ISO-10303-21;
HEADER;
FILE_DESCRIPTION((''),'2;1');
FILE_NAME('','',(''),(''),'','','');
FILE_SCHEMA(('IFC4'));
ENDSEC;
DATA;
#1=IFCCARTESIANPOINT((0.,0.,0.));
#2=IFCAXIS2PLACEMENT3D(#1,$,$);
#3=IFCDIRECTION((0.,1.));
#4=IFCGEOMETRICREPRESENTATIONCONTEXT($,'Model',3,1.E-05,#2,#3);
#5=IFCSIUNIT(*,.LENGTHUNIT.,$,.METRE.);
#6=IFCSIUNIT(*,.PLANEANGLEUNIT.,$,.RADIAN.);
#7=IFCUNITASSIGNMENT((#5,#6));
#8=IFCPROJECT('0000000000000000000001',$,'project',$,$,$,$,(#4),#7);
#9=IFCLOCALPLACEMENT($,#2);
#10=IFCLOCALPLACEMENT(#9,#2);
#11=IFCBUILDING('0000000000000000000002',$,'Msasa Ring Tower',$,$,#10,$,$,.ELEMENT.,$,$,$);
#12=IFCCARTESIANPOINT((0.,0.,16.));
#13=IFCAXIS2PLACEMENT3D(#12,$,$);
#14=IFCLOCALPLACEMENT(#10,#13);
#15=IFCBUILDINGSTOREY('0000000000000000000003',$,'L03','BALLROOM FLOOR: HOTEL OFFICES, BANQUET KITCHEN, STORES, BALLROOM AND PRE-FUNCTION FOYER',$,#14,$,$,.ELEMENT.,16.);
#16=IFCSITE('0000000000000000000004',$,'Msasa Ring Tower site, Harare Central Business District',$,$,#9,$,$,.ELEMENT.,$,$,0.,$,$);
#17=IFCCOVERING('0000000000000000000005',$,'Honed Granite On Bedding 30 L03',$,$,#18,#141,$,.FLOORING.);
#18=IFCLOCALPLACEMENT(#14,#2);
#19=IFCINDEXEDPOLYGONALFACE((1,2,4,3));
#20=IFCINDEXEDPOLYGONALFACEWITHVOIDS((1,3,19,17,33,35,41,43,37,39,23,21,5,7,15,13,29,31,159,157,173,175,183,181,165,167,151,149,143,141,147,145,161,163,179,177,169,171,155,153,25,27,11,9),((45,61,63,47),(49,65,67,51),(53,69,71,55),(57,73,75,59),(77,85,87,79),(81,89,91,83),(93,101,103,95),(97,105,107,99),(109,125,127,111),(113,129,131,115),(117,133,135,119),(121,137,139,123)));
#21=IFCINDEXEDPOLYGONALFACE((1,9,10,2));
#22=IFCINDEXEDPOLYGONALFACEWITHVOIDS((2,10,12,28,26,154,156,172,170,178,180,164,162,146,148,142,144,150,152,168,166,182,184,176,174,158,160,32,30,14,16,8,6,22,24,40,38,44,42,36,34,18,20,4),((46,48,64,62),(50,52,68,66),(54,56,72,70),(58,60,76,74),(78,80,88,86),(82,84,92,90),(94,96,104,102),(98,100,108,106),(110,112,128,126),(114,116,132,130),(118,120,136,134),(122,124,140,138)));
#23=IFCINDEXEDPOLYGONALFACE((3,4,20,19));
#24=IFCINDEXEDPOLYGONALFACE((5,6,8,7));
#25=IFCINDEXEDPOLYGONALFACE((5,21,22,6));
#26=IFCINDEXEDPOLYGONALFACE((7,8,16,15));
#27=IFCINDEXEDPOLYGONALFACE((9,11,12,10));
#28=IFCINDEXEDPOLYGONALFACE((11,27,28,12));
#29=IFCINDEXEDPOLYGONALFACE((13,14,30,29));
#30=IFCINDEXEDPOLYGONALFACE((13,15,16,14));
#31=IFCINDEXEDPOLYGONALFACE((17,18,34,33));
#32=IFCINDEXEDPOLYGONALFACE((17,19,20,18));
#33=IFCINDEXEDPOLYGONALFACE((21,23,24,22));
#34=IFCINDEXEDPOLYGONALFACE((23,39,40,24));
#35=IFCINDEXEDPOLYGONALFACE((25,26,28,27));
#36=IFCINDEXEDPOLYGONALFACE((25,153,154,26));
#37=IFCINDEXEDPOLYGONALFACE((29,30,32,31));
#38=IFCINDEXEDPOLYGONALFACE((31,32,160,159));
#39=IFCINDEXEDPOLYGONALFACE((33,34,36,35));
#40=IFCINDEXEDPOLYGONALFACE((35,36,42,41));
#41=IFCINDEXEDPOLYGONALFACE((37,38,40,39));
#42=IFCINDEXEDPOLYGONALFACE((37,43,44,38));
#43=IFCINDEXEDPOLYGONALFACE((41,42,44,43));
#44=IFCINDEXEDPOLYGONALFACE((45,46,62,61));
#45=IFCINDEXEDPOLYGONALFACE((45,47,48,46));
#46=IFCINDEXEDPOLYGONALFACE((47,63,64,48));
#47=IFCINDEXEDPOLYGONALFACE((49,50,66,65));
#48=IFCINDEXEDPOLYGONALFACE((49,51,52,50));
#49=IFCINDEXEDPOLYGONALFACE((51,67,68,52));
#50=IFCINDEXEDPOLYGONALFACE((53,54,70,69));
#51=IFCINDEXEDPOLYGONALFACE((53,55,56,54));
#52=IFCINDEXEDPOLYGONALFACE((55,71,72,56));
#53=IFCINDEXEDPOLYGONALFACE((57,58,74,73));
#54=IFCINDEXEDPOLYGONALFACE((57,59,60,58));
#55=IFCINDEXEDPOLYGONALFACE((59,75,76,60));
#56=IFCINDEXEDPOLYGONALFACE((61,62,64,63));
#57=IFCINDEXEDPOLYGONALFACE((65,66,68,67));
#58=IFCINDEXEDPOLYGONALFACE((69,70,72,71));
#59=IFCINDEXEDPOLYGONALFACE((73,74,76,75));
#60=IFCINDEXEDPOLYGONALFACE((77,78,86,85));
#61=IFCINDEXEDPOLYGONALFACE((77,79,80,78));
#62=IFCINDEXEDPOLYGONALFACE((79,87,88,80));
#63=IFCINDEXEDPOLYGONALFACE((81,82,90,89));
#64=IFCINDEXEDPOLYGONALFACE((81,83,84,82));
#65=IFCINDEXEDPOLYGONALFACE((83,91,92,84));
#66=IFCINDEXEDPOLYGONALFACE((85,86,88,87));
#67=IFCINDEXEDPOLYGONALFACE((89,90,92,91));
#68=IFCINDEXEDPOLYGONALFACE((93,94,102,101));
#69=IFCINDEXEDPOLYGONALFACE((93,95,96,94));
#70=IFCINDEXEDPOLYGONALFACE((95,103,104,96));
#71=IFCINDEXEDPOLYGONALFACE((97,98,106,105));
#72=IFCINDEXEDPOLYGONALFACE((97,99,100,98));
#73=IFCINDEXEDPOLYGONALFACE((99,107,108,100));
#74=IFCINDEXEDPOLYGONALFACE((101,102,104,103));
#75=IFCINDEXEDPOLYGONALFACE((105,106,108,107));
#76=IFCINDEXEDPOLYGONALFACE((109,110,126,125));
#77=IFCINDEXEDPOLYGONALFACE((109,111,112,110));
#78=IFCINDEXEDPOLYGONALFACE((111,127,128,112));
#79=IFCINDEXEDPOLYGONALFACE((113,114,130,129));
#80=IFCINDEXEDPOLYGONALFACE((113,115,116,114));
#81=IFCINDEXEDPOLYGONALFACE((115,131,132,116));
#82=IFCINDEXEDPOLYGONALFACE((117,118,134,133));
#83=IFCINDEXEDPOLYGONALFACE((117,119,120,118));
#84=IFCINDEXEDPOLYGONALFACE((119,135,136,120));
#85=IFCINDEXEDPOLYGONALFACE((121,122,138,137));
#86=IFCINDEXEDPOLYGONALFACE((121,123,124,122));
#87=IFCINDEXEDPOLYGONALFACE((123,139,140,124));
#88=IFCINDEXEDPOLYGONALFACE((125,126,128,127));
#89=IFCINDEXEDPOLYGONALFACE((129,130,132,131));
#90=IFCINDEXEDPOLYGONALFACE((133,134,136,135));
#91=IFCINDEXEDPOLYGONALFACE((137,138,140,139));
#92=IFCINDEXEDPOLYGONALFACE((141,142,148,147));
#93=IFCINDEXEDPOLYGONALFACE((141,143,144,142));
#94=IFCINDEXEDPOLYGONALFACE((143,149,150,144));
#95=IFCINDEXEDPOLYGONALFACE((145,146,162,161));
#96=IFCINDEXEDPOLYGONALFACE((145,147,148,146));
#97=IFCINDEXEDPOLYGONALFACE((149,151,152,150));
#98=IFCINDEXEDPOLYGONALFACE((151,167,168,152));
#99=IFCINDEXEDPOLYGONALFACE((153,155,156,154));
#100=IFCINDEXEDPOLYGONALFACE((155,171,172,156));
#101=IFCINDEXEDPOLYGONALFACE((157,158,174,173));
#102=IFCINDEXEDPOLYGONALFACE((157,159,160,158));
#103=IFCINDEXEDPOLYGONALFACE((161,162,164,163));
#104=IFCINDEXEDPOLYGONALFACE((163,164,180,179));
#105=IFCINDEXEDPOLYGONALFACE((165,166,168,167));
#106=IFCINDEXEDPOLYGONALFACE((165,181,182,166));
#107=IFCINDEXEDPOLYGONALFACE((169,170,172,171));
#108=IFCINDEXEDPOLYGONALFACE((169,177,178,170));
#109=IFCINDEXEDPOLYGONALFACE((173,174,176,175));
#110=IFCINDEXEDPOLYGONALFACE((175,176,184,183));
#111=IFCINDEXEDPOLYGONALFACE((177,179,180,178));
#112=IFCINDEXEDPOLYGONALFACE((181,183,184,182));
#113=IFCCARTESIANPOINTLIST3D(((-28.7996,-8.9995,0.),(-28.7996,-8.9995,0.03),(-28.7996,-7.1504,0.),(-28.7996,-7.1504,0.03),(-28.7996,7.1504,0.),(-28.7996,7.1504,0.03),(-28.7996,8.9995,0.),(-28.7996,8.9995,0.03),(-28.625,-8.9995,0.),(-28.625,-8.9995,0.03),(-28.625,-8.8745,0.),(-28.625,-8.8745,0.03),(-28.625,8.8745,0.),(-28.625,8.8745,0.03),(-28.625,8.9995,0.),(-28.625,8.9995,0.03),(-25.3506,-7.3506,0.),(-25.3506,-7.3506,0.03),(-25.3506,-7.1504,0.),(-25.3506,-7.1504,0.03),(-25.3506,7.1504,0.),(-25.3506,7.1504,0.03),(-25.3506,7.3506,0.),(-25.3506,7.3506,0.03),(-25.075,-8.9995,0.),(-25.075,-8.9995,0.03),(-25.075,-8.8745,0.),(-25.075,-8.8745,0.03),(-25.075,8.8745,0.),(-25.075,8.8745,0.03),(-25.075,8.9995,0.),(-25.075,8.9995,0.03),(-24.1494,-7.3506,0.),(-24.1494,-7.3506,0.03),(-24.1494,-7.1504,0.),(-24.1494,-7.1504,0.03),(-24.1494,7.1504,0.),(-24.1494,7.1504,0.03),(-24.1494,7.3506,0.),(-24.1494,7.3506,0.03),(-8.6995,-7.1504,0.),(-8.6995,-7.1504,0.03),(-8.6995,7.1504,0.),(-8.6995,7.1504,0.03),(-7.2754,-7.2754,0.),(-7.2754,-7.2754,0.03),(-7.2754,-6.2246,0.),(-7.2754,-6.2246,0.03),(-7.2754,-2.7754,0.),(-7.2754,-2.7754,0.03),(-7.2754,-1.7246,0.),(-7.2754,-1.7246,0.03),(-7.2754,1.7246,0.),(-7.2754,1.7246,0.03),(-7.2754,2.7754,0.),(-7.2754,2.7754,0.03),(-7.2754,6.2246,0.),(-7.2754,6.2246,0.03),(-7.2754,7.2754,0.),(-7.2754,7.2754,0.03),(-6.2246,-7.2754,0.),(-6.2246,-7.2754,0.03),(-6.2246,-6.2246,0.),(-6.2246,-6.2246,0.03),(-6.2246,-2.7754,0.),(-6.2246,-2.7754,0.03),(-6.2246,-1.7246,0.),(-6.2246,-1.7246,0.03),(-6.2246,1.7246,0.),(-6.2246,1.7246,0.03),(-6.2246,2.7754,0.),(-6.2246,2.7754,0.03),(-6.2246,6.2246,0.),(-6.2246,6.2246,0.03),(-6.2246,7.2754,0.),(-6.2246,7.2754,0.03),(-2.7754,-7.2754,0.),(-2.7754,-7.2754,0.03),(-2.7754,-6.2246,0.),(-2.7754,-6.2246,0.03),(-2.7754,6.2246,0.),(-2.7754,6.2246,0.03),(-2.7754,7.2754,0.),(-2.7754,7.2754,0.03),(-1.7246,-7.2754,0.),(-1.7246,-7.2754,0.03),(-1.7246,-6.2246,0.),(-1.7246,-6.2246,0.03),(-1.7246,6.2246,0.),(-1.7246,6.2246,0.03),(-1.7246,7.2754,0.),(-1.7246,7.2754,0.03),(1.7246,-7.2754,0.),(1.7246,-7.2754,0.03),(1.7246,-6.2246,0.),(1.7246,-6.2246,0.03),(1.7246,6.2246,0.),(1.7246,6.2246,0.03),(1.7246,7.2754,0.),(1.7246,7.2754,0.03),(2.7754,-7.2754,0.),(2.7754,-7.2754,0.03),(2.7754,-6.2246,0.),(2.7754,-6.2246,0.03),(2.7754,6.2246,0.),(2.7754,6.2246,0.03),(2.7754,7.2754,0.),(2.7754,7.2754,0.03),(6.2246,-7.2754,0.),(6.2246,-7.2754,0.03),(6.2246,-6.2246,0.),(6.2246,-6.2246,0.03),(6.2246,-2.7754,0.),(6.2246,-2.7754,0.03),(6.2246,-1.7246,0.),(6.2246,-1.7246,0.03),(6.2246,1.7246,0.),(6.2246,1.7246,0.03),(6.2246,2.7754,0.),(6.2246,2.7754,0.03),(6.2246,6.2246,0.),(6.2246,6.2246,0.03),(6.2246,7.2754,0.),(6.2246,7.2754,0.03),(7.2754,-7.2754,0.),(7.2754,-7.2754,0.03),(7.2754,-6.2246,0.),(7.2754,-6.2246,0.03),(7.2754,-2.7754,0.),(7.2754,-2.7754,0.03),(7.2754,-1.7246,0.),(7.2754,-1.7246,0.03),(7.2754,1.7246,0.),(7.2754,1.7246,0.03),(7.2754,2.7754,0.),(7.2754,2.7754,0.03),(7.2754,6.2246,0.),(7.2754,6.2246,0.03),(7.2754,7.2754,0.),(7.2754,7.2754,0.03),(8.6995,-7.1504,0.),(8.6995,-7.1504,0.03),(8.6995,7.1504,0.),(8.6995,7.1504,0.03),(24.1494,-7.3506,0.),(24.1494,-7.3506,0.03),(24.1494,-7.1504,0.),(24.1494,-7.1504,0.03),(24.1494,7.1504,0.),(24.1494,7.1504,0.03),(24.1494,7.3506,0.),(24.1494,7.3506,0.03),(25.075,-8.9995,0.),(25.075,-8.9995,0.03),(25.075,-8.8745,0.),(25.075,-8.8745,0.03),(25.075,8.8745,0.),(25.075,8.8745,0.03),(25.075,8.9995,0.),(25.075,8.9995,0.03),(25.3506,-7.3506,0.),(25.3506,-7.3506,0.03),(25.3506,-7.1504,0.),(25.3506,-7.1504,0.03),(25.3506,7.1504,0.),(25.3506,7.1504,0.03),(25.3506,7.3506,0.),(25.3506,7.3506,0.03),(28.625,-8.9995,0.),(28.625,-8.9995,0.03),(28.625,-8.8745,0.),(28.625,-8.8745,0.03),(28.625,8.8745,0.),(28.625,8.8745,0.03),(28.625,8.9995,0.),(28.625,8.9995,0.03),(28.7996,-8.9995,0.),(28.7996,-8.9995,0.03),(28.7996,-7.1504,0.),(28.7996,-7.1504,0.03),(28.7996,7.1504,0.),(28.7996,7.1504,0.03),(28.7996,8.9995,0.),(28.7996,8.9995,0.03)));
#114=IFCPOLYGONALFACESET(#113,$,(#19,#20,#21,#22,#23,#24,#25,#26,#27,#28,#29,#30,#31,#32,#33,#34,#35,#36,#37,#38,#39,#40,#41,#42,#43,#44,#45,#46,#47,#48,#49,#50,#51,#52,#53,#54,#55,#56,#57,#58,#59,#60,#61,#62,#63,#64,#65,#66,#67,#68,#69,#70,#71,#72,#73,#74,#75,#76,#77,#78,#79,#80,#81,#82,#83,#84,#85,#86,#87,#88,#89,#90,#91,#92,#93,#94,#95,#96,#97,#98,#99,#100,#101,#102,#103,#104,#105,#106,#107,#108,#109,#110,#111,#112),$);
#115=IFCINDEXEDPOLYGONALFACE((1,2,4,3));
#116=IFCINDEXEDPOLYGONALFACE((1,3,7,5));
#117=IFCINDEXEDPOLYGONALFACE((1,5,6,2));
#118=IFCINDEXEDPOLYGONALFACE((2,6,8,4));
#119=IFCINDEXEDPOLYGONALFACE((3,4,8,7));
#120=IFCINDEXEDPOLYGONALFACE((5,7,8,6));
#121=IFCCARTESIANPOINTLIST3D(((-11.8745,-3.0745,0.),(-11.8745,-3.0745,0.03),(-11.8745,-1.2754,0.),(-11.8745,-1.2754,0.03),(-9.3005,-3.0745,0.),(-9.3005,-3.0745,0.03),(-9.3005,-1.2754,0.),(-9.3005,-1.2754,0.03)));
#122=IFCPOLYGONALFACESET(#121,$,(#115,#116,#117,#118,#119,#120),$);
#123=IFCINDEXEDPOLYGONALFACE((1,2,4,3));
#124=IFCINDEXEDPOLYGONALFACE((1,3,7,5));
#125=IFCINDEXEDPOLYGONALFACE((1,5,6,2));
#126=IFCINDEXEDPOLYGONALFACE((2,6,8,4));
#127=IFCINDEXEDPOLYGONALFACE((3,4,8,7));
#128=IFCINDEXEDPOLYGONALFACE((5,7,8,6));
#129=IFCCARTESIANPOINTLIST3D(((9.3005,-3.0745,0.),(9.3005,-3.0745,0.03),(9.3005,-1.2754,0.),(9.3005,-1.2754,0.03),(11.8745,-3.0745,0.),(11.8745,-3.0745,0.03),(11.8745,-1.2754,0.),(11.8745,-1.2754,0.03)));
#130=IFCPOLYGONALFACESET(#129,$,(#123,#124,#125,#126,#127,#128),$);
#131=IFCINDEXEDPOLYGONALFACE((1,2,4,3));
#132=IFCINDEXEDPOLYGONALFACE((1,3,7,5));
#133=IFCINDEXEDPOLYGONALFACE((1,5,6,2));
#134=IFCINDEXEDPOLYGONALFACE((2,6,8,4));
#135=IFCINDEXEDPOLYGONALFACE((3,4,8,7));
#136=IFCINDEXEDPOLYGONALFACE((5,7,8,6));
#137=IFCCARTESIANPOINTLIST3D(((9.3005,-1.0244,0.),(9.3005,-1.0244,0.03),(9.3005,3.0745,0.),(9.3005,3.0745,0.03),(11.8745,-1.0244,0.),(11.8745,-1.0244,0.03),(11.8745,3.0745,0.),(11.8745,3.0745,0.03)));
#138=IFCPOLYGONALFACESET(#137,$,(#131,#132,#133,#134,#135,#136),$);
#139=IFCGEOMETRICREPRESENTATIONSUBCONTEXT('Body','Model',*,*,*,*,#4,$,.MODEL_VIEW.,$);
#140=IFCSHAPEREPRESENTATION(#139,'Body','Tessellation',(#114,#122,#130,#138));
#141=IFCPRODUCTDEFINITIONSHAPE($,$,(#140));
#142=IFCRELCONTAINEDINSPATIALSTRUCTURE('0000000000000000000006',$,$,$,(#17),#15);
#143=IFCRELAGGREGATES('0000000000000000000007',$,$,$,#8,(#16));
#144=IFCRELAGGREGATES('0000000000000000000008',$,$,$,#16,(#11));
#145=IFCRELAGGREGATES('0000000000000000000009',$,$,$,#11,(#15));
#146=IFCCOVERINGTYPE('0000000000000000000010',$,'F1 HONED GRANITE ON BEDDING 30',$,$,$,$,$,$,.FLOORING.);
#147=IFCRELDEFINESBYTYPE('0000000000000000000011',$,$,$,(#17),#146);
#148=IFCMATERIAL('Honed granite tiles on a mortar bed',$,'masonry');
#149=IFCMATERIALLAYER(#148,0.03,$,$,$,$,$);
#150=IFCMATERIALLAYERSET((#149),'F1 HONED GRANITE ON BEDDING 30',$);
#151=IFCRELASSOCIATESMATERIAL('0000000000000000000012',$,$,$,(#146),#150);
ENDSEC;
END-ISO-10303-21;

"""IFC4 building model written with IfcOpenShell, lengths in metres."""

from ifc_helpers import new_model, si_unit, direction, frame, origin, place, context, subcontext, project, spatial, line, indexed_curve, outline, extrude, material, layer, layer_set, type_object, element, save


model = new_model("IFC4")

# Units and contexts
model_context = context("Model", 3, precision=1e-05, world=origin(), true_north=direction((0.0, 1.0)))
body_context = subcontext(model_context, "Body", "Model", "MODEL_VIEW")
ifc_project = project(units=[si_unit("LENGTHUNIT", "METRE"), si_unit("PLANEANGLEUNIT", "RADIAN")], contexts=[model_context])

# Site, building, storey
site_placement = place(None, origin())
site = spatial("IfcSite", under=ifc_project, at=site_placement, Name="Msasa Ring Tower site, Harare Central Business District", CompositionType="ELEMENT", RefElevation=0.0)
building_placement = place(site_placement, origin())
building = spatial("IfcBuilding", under=site, at=building_placement, Name="Msasa Ring Tower", CompositionType="ELEMENT")
storey_placement = place(building_placement, frame((0.0, 0.0, 16.0)))
storey = spatial("IfcBuildingStorey", under=building, at=storey_placement, Name="L03", Description="BALLROOM FLOOR: HOTEL OFFICES, BANQUET KITCHEN, STORES, BALLROOM AND PRE-FUNCTION FOYER", CompositionType="ELEMENT", Elevation=16.0)

# Covering
ifc_material_1 = material(Name="Honed granite tiles on a mortar bed", Category="masonry")
ifc_layer_1 = layer(ifc_material_1, 0.03)
ifc_layer_set_1 = layer_set([ifc_layer_1], Name="F1 HONED GRANITE ON BEDDING 30")
covering_type_1 = type_object("IfcCoveringType", Name="F1 HONED GRANITE ON BEDDING 30", PredefinedType="FLOORING", material=ifc_layer_set_1)
covering_1_placement = place(storey_placement, origin())
element("IfcCovering", 1, at=covering_1_placement, inside=storey, type_object=covering_type_1, Name="Honed Granite On Bedding 30 L03", PredefinedType="FLOORING", context=body_context, shape_type="SweptSolid", body=[
    extrude(outline(indexed_curve([(-8.6995, 7.1504), (-24.1494, 7.1504), (-24.1494, 7.3506), (-25.3506, 7.3506), (-25.3506, 7.1504), (-28.7996, 7.1504), (-28.7996, 8.9995), (-28.625, 8.9995), (-28.625, 8.8745), (-25.075, 8.8745), (-25.075, 8.9995), (25.075, 8.9995), (25.075, 8.8745), (28.625, 8.8745), (28.625, 8.9995), (28.7996, 8.9995), (28.7996, 7.1504), (25.3506, 7.1504), (25.3506, 7.3506), (24.1494, 7.3506), (24.1494, 7.1504), (8.6995, 7.1504), (8.6995, -7.1504), (24.1494, -7.1504), (24.1494, -7.3506), (25.3506, -7.3506), (25.3506, -7.1504), (28.7996, -7.1504), (28.7996, -8.9995), (28.625, -8.9995), (28.625, -8.8745), (25.075, -8.8745), (25.075, -8.9995), (-25.075, -8.9995), (-25.075, -8.8745), (-28.625, -8.8745), (-28.625, -8.9995), (-28.7996, -8.9995), (-28.7996, -7.1504), (-25.3506, -7.1504), (-25.3506, -7.3506), (-24.1494, -7.3506), (-24.1494, -7.1504), (-8.6995, -7.1504)], segments=[line(1, 2, 3, 4, 5, 6, 7, 8, 9, 10, 11, 12, 13, 14, 15, 16, 17, 18, 19, 20, 21, 22, 23, 24, 25, 26, 27, 28, 29, 30, 31, 32, 33, 34, 35, 36, 37, 38, 39, 40, 41, 42, 43, 44, 1)], self_intersect=False), holes=[indexed_curve([(-6.2246, -7.2754), (-6.2246, -6.2246), (-7.2754, -6.2246), (-7.2754, -7.2754)], segments=[line(1, 2, 3, 4, 1)], self_intersect=False), indexed_curve([(-1.7246, -7.2754), (-1.7246, -6.2246), (-2.7754, -6.2246), (-2.7754, -7.2754)], segments=[line(1, 2, 3, 4, 1)], self_intersect=False), indexed_curve([(-6.2246, -2.7754), (-6.2246, -1.7246), (-7.2754, -1.7246), (-7.2754, -2.7754)], segments=[line(1, 2, 3, 4, 1)], self_intersect=False), indexed_curve([(-6.2246, 1.7246), (-6.2246, 2.7754), (-7.2754, 2.7754), (-7.2754, 1.7246)], segments=[line(1, 2, 3, 4, 1)], self_intersect=False), indexed_curve([(-6.2246, 6.2246), (-6.2246, 7.2754), (-7.2754, 7.2754), (-7.2754, 6.2246)], segments=[line(1, 2, 3, 4, 1)], self_intersect=False), indexed_curve([(-1.7246, 6.2246), (-1.7246, 7.2754), (-2.7754, 7.2754), (-2.7754, 6.2246)], segments=[line(1, 2, 3, 4, 1)], self_intersect=False), indexed_curve([(2.7754, -7.2754), (2.7754, -6.2246), (1.7246, -6.2246), (1.7246, -7.2754)], segments=[line(1, 2, 3, 4, 1)], self_intersect=False), indexed_curve([(7.2754, -7.2754), (7.2754, -6.2246), (6.2246, -6.2246), (6.2246, -7.2754)], segments=[line(1, 2, 3, 4, 1)], self_intersect=False), indexed_curve([(7.2754, -2.7754), (7.2754, -1.7246), (6.2246, -1.7246), (6.2246, -2.7754)], segments=[line(1, 2, 3, 4, 1)], self_intersect=False), indexed_curve([(7.2754, 1.7246), (7.2754, 2.7754), (6.2246, 2.7754), (6.2246, 1.7246)], segments=[line(1, 2, 3, 4, 1)], self_intersect=False), indexed_curve([(2.7754, 6.2246), (2.7754, 7.2754), (1.7246, 7.2754), (1.7246, 6.2246)], segments=[line(1, 2, 3, 4, 1)], self_intersect=False), indexed_curve([(7.2754, 6.2246), (7.2754, 7.2754), (6.2246, 7.2754), (6.2246, 6.2246)], segments=[line(1, 2, 3, 4, 1)], self_intersect=False)]), origin(), (0.0, 0.0, 1.0), 0.03),
    extrude(outline(indexed_curve([(-11.8745, -3.0745), (-11.8745, -1.2754), (-9.3005, -1.2754), (-9.3005, -3.0745)], segments=[line(1, 2, 3, 4, 1)], self_intersect=False)), origin(), (0.0, 0.0, 1.0), 0.03),
    extrude(outline(indexed_curve([(9.3005, -3.0745), (9.3005, -1.2754), (11.8745, -1.2754), (11.8745, -3.0745)], segments=[line(1, 2, 3, 4, 1)], self_intersect=False)), origin(), (0.0, 0.0, 1.0), 0.03),
    extrude(outline(indexed_curve([(9.3005, -1.0244), (9.3005, 3.0745), (11.8745, 3.0745), (11.8745, -1.0244)], segments=[line(1, 2, 3, 4, 1)], self_intersect=False)), origin(), (0.0, 0.0, 1.0), 0.03),
])

save(model, "model.ifc")
